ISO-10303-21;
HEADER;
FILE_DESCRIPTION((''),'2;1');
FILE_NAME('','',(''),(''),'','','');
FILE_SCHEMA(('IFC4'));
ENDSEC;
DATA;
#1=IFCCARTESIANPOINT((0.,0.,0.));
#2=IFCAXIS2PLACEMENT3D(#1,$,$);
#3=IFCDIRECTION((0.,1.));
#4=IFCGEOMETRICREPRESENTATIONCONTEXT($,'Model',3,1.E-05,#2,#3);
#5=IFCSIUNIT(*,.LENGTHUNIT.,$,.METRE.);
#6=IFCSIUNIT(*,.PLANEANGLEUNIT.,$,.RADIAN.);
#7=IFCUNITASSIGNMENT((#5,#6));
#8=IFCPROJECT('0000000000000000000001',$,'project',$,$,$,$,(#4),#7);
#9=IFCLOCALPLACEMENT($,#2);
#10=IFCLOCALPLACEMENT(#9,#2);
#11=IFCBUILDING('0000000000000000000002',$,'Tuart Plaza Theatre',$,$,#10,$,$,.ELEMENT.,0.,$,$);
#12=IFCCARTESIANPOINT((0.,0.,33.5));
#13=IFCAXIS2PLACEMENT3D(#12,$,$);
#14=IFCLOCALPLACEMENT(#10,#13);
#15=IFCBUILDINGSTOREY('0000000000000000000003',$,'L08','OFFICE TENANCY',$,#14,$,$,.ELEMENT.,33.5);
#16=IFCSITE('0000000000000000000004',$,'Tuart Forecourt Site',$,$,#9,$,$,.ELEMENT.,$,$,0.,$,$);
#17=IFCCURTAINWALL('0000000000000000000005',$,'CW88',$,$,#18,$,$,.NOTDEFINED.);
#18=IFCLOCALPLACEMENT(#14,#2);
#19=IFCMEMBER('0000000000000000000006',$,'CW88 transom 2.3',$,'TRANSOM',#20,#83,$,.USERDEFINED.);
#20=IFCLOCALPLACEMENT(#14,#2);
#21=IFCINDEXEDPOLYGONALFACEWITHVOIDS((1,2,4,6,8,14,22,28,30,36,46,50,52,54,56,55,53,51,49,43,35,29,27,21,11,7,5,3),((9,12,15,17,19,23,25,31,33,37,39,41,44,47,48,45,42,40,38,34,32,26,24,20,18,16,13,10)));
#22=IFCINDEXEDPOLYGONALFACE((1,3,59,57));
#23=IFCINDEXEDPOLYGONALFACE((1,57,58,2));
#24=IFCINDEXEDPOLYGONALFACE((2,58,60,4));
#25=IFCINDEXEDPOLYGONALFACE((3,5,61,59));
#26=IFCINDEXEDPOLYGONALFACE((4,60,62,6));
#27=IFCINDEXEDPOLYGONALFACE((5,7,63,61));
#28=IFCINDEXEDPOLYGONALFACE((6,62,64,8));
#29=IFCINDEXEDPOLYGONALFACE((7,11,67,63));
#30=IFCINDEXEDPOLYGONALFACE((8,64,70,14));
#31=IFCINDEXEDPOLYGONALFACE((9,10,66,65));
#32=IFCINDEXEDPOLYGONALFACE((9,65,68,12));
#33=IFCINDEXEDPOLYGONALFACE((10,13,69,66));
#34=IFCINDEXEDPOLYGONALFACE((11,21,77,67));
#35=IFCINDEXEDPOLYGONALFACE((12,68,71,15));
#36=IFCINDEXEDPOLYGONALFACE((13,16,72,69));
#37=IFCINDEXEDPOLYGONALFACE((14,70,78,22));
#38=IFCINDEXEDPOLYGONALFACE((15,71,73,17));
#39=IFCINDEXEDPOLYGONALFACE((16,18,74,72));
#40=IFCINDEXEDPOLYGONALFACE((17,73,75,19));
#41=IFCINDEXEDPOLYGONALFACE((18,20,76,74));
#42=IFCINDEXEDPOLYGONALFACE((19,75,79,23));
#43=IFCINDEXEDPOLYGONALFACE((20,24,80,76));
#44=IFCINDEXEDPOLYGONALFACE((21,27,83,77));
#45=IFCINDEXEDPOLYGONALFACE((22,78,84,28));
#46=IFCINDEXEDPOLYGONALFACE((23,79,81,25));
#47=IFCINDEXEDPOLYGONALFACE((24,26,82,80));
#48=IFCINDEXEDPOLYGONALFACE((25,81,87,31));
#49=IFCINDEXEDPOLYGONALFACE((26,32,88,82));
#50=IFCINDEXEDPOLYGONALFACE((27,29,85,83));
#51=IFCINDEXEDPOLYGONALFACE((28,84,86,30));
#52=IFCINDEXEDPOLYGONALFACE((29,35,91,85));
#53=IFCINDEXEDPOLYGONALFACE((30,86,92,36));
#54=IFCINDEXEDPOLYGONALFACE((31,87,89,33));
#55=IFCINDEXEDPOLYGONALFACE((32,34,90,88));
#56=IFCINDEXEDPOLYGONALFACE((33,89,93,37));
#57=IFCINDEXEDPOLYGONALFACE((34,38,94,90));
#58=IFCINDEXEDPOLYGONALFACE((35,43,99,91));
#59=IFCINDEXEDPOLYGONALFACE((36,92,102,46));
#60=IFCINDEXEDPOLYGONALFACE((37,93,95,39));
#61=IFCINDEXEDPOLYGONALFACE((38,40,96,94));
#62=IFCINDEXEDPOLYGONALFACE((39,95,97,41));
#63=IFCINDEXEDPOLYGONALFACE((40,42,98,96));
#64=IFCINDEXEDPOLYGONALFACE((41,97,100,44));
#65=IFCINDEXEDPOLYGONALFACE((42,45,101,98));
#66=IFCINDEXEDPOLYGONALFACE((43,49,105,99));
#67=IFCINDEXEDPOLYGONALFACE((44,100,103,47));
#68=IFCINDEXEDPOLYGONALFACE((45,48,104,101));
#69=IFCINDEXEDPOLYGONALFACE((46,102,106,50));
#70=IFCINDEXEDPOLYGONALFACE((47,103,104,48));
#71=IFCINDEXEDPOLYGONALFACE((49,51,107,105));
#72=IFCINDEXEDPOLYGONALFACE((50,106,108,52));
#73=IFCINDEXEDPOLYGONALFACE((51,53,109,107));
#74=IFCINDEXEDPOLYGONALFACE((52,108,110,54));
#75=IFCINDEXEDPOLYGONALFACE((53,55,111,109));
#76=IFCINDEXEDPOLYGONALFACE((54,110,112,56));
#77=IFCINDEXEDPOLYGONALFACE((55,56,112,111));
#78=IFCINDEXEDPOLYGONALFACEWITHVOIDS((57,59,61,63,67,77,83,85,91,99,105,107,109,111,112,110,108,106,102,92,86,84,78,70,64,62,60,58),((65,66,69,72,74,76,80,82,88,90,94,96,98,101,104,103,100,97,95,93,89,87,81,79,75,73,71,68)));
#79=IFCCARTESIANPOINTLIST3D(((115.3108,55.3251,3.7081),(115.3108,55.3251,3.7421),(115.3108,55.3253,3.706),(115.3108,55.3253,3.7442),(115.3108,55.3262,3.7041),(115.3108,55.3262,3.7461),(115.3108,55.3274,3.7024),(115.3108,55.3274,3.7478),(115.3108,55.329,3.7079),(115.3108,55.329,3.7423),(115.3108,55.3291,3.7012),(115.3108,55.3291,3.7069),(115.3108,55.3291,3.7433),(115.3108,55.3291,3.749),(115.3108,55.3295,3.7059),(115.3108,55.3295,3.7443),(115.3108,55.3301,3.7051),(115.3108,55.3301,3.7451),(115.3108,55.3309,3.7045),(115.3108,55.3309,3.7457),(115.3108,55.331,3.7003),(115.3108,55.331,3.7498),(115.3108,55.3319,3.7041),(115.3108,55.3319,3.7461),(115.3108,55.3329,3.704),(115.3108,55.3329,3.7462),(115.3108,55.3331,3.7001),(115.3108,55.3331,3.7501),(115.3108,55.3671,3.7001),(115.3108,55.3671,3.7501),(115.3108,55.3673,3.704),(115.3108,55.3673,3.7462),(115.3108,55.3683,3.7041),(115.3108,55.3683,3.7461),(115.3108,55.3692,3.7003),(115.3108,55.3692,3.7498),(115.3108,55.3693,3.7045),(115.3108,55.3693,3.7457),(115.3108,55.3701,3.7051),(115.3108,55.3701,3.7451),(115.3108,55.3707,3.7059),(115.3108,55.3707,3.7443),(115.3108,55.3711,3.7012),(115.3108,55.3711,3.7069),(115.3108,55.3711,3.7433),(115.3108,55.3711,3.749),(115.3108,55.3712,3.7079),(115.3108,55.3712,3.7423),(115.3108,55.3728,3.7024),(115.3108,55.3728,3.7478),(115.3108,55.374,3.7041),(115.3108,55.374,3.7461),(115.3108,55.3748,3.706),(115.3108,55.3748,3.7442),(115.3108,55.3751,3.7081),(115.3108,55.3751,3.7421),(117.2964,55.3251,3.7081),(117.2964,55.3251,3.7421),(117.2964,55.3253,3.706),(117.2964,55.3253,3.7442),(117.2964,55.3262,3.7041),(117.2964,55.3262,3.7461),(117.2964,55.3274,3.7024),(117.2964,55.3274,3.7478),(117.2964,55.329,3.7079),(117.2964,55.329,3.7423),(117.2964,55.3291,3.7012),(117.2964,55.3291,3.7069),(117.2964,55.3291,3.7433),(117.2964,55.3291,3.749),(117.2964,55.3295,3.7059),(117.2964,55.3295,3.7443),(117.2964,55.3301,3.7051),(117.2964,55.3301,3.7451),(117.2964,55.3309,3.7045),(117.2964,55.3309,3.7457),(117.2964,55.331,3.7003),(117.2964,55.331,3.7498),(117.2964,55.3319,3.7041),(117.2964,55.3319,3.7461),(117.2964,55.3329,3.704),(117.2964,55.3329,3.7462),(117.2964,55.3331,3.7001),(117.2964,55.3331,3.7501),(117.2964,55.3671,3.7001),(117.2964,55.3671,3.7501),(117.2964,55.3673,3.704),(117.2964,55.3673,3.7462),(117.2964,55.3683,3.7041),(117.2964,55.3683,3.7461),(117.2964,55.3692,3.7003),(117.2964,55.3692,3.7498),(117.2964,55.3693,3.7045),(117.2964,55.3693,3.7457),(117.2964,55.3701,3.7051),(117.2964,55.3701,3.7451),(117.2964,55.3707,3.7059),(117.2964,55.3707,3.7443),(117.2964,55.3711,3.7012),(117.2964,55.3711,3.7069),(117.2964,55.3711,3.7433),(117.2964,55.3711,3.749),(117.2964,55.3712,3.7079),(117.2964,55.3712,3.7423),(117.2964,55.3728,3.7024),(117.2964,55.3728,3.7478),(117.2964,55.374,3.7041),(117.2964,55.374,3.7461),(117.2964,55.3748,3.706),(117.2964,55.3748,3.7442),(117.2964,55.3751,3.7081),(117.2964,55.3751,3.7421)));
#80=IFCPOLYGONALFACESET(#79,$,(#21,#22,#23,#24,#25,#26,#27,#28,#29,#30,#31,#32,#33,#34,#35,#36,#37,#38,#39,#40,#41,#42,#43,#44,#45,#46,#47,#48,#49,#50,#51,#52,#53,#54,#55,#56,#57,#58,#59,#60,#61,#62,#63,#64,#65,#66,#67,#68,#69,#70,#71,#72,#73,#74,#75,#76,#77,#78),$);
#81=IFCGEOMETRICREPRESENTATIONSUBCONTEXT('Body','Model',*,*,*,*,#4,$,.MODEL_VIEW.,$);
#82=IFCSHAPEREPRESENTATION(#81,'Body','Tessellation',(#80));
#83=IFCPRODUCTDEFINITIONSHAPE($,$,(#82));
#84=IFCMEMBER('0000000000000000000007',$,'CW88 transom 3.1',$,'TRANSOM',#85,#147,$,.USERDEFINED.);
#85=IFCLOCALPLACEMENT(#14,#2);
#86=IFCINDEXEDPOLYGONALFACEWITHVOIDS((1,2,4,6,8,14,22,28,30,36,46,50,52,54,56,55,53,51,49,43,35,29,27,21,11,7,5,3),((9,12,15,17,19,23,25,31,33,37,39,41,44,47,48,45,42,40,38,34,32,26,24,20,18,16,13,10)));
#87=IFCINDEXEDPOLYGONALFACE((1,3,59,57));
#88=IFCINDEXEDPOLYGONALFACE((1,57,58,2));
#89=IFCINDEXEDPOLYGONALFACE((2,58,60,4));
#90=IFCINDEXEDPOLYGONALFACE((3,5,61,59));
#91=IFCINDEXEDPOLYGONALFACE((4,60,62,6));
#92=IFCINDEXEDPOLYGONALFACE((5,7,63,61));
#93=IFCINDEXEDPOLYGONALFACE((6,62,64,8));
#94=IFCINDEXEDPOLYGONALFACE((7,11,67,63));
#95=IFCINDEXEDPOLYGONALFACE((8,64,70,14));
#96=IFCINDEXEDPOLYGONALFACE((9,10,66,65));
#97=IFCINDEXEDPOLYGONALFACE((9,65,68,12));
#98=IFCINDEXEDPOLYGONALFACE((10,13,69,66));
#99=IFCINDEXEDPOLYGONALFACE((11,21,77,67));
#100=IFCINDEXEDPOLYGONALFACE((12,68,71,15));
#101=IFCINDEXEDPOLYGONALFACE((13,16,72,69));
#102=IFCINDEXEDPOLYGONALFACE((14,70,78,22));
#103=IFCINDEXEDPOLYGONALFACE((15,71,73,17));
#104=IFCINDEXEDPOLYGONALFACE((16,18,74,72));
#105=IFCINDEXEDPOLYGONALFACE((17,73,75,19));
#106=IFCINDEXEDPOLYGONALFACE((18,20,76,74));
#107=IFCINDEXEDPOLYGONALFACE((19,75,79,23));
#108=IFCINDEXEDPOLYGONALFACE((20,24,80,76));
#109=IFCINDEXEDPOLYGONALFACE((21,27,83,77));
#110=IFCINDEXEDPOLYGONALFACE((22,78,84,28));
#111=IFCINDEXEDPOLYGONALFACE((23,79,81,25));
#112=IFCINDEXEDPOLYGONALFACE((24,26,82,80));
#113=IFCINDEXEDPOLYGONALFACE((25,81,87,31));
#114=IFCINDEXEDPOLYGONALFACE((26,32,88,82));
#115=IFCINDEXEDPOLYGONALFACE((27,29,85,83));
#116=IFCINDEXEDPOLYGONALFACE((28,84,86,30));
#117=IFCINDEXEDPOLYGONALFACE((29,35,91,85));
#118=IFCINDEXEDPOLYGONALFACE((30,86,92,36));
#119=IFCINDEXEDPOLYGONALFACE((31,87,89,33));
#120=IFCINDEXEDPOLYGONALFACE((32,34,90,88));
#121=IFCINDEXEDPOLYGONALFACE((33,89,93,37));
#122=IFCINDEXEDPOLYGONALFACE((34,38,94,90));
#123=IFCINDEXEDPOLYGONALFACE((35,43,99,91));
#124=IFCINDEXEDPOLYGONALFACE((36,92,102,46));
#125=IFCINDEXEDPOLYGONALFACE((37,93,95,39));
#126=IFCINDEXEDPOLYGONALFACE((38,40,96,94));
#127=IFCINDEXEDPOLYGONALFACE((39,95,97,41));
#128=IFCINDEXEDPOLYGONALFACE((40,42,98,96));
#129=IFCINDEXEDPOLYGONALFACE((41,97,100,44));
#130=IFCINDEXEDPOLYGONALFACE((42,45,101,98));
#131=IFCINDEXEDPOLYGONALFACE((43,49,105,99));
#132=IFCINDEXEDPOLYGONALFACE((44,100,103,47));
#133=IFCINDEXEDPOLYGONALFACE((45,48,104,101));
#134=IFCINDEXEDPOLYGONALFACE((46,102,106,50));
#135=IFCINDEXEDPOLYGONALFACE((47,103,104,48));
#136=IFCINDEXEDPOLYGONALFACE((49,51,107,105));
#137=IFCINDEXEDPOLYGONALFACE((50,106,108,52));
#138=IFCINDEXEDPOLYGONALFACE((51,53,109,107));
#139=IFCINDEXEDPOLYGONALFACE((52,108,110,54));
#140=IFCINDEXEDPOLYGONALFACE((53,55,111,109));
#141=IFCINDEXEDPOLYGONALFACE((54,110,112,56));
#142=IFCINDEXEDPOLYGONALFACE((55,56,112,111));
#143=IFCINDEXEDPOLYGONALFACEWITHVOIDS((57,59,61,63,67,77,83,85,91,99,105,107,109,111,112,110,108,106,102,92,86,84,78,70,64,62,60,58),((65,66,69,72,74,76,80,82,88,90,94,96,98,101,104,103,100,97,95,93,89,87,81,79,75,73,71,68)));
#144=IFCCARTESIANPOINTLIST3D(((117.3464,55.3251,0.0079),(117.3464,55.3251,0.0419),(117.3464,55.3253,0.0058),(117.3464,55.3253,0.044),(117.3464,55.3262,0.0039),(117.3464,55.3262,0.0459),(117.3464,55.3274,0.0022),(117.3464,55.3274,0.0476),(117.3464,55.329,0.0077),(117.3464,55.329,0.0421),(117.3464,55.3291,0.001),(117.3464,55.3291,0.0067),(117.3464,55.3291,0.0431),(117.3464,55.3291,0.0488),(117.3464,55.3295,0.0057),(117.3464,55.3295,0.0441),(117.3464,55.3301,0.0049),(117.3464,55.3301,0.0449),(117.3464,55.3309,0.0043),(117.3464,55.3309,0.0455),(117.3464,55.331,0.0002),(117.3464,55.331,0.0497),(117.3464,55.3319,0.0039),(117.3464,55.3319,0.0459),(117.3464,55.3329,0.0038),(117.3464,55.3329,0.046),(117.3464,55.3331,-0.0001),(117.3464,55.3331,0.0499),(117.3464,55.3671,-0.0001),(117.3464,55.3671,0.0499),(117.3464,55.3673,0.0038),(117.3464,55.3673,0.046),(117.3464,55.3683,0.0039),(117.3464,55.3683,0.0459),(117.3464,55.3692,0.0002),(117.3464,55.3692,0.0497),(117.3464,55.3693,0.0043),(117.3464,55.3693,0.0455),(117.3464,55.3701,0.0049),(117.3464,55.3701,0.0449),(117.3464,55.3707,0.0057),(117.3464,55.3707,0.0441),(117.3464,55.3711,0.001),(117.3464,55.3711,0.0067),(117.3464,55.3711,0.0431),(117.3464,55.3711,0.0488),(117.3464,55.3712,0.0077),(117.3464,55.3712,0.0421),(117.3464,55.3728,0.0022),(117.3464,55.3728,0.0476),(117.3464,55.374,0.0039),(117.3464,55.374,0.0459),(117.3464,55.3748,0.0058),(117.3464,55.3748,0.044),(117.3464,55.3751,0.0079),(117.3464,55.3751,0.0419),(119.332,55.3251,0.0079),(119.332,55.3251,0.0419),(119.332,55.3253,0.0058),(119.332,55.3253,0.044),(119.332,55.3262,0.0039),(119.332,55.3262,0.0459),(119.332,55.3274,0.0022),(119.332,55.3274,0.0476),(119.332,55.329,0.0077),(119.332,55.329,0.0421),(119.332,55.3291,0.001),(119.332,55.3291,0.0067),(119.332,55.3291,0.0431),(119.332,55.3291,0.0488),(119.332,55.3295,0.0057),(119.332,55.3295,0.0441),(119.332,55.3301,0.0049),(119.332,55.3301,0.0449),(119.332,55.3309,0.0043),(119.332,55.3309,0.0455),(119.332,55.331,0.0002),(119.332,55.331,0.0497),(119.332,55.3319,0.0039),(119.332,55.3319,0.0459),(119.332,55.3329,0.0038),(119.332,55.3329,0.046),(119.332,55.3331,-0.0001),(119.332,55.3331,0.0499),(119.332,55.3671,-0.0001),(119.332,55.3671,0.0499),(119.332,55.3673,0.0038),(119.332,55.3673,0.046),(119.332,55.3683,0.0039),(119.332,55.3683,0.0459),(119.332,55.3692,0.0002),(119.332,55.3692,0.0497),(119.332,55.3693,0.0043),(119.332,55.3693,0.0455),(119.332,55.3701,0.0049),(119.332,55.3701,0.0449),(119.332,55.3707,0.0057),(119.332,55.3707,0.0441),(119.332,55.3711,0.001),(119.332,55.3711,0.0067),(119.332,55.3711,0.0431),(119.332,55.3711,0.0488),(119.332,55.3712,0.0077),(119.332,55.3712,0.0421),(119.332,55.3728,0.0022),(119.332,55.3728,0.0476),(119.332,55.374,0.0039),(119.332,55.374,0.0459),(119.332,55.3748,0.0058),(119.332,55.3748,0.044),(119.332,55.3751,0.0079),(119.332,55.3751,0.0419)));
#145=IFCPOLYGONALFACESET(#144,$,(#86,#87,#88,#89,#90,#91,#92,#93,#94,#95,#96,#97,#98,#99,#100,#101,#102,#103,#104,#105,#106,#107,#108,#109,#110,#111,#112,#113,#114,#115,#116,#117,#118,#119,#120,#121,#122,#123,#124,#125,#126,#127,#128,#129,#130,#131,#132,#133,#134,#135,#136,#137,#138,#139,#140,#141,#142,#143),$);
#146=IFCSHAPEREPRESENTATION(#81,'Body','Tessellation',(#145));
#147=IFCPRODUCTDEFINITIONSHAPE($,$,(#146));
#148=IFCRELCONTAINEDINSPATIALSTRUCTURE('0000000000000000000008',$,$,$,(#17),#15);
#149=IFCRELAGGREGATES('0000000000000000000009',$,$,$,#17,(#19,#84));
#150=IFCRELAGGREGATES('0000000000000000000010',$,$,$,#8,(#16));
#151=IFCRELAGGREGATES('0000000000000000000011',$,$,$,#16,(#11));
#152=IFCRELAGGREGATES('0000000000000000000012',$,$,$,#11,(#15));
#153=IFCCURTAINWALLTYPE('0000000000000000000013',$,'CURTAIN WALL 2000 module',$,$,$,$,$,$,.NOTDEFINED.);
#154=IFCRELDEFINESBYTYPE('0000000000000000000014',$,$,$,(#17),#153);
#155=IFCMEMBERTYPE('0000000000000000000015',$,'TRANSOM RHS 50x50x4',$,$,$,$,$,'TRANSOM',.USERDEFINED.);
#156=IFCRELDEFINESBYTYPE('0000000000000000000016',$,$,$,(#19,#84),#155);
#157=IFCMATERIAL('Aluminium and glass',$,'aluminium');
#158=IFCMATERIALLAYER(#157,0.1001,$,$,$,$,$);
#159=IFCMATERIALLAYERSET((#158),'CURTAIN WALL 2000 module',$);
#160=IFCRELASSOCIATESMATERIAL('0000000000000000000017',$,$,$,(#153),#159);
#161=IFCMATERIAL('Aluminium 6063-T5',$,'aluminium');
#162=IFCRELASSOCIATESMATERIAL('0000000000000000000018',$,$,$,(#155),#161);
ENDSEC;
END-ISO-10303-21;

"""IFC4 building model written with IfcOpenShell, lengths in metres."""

from ifc_helpers import new_model, si_unit, direction, frame, origin, origin_2d, place, context, subcontext, project, spatial, hollow_rectangle, extrude, material, layer, layer_set, material_profile, profile_set, type_object, element, aggregate, save


model = new_model("IFC4")

# Units and contexts
model_context = context("Model", 3, precision=1e-05, world=origin(), true_north=direction((0.0, 1.0)))
body_context = subcontext(model_context, "Body", "Model", "MODEL_VIEW")
ifc_project = project(units=[si_unit("LENGTHUNIT", "METRE"), si_unit("PLANEANGLEUNIT", "RADIAN")], contexts=[model_context])

# Site, building, storey
site_placement = place(None, origin())
site = spatial("IfcSite", under=ifc_project, at=site_placement, Name="Tuart Forecourt Site", CompositionType="ELEMENT", RefElevation=0.0)
building_placement = place(site_placement, origin())
building = spatial("IfcBuilding", under=site, at=building_placement, Name="Tuart Plaza Theatre", CompositionType="ELEMENT", ElevationOfRefHeight=0.0)
storey_placement = place(building_placement, frame((0.0, 0.0, 33.5)))
storey = spatial("IfcBuildingStorey", under=building, at=storey_placement, Name="L08", Description="OFFICE TENANCY", CompositionType="ELEMENT", Elevation=33.5)

# Curtain wall, members
ifc_material_1 = material(Name="Aluminium and glass", Category="aluminium")
ifc_layer_1 = layer(ifc_material_1, 0.1001)
ifc_layer_set_1 = layer_set([ifc_layer_1], Name="CURTAIN WALL 2000 module")
curtain_wall_type = type_object("IfcCurtainWallType", Name="CURTAIN WALL 2000 module", PredefinedType="NOTDEFINED", material=ifc_layer_set_1)
curtain_wall_placement = place(storey_placement, origin())
curtain_wall = element("IfcCurtainWall", 1, at=curtain_wall_placement, inside=storey, type_object=curtain_wall_type, Name="CW88", PredefinedType="NOTDEFINED")
ifc_material_2 = material(Name="Aluminium 6063-T5", Category="aluminium")
ifc_material_profile_1 = material_profile(ifc_material_2, hollow_rectangle(XDim=0.05, YDim=0.05, WallThickness=0.0039, InnerFilletRadius=0.0039, OuterFilletRadius=0.0081, at=origin_2d()), Name="RHS 50x50x4")
ifc_profile_set_1 = profile_set([ifc_material_profile_1], Name="Aluminium 6063-T5")
member_type_1 = type_object("IfcMemberType", Name="TRANSOM RHS 50x50x4", ElementType="TRANSOM", PredefinedType="USERDEFINED", material=ifc_profile_set_1)
member_1_placement = place(storey_placement, frame((115.3108, 55.3501, 3.7251), z_axis=(1.0, 0.0, 0.0), x_axis=(0.0, 1.0, 0.0)))
member_1 = element("IfcMember", 2, at=member_1_placement, type_object=member_type_1, Name="CW88 transom 2.3", ObjectType="TRANSOM", PredefinedType="USERDEFINED", context=body_context, shape_type="SweptSolid", body=[
    extrude(hollow_rectangle(XDim=0.05, YDim=0.05, WallThickness=0.0039, InnerFilletRadius=0.0039, OuterFilletRadius=0.0081, at=origin_2d()), origin(), (0.0, 0.0, 1.0), 1.9856),
])
member_2_placement = place(storey_placement, frame((117.3464, 55.3501, 0.0249), z_axis=(1.0, 0.0, 0.0), x_axis=(0.0, 1.0, 0.0)))
member_2 = element("IfcMember", 3, at=member_2_placement, type_object=member_type_1, Name="CW88 transom 3.1", ObjectType="TRANSOM", PredefinedType="USERDEFINED", context=body_context, shape_type="SweptSolid", body=[
    extrude(hollow_rectangle(XDim=0.05, YDim=0.05, WallThickness=0.0039, InnerFilletRadius=0.0039, OuterFilletRadius=0.0081, at=origin_2d()), origin(), (0.0, 0.0, 1.0), 1.9856),
])
aggregate(curtain_wall, [member_1, member_2])

save(model, "model.ifc")
